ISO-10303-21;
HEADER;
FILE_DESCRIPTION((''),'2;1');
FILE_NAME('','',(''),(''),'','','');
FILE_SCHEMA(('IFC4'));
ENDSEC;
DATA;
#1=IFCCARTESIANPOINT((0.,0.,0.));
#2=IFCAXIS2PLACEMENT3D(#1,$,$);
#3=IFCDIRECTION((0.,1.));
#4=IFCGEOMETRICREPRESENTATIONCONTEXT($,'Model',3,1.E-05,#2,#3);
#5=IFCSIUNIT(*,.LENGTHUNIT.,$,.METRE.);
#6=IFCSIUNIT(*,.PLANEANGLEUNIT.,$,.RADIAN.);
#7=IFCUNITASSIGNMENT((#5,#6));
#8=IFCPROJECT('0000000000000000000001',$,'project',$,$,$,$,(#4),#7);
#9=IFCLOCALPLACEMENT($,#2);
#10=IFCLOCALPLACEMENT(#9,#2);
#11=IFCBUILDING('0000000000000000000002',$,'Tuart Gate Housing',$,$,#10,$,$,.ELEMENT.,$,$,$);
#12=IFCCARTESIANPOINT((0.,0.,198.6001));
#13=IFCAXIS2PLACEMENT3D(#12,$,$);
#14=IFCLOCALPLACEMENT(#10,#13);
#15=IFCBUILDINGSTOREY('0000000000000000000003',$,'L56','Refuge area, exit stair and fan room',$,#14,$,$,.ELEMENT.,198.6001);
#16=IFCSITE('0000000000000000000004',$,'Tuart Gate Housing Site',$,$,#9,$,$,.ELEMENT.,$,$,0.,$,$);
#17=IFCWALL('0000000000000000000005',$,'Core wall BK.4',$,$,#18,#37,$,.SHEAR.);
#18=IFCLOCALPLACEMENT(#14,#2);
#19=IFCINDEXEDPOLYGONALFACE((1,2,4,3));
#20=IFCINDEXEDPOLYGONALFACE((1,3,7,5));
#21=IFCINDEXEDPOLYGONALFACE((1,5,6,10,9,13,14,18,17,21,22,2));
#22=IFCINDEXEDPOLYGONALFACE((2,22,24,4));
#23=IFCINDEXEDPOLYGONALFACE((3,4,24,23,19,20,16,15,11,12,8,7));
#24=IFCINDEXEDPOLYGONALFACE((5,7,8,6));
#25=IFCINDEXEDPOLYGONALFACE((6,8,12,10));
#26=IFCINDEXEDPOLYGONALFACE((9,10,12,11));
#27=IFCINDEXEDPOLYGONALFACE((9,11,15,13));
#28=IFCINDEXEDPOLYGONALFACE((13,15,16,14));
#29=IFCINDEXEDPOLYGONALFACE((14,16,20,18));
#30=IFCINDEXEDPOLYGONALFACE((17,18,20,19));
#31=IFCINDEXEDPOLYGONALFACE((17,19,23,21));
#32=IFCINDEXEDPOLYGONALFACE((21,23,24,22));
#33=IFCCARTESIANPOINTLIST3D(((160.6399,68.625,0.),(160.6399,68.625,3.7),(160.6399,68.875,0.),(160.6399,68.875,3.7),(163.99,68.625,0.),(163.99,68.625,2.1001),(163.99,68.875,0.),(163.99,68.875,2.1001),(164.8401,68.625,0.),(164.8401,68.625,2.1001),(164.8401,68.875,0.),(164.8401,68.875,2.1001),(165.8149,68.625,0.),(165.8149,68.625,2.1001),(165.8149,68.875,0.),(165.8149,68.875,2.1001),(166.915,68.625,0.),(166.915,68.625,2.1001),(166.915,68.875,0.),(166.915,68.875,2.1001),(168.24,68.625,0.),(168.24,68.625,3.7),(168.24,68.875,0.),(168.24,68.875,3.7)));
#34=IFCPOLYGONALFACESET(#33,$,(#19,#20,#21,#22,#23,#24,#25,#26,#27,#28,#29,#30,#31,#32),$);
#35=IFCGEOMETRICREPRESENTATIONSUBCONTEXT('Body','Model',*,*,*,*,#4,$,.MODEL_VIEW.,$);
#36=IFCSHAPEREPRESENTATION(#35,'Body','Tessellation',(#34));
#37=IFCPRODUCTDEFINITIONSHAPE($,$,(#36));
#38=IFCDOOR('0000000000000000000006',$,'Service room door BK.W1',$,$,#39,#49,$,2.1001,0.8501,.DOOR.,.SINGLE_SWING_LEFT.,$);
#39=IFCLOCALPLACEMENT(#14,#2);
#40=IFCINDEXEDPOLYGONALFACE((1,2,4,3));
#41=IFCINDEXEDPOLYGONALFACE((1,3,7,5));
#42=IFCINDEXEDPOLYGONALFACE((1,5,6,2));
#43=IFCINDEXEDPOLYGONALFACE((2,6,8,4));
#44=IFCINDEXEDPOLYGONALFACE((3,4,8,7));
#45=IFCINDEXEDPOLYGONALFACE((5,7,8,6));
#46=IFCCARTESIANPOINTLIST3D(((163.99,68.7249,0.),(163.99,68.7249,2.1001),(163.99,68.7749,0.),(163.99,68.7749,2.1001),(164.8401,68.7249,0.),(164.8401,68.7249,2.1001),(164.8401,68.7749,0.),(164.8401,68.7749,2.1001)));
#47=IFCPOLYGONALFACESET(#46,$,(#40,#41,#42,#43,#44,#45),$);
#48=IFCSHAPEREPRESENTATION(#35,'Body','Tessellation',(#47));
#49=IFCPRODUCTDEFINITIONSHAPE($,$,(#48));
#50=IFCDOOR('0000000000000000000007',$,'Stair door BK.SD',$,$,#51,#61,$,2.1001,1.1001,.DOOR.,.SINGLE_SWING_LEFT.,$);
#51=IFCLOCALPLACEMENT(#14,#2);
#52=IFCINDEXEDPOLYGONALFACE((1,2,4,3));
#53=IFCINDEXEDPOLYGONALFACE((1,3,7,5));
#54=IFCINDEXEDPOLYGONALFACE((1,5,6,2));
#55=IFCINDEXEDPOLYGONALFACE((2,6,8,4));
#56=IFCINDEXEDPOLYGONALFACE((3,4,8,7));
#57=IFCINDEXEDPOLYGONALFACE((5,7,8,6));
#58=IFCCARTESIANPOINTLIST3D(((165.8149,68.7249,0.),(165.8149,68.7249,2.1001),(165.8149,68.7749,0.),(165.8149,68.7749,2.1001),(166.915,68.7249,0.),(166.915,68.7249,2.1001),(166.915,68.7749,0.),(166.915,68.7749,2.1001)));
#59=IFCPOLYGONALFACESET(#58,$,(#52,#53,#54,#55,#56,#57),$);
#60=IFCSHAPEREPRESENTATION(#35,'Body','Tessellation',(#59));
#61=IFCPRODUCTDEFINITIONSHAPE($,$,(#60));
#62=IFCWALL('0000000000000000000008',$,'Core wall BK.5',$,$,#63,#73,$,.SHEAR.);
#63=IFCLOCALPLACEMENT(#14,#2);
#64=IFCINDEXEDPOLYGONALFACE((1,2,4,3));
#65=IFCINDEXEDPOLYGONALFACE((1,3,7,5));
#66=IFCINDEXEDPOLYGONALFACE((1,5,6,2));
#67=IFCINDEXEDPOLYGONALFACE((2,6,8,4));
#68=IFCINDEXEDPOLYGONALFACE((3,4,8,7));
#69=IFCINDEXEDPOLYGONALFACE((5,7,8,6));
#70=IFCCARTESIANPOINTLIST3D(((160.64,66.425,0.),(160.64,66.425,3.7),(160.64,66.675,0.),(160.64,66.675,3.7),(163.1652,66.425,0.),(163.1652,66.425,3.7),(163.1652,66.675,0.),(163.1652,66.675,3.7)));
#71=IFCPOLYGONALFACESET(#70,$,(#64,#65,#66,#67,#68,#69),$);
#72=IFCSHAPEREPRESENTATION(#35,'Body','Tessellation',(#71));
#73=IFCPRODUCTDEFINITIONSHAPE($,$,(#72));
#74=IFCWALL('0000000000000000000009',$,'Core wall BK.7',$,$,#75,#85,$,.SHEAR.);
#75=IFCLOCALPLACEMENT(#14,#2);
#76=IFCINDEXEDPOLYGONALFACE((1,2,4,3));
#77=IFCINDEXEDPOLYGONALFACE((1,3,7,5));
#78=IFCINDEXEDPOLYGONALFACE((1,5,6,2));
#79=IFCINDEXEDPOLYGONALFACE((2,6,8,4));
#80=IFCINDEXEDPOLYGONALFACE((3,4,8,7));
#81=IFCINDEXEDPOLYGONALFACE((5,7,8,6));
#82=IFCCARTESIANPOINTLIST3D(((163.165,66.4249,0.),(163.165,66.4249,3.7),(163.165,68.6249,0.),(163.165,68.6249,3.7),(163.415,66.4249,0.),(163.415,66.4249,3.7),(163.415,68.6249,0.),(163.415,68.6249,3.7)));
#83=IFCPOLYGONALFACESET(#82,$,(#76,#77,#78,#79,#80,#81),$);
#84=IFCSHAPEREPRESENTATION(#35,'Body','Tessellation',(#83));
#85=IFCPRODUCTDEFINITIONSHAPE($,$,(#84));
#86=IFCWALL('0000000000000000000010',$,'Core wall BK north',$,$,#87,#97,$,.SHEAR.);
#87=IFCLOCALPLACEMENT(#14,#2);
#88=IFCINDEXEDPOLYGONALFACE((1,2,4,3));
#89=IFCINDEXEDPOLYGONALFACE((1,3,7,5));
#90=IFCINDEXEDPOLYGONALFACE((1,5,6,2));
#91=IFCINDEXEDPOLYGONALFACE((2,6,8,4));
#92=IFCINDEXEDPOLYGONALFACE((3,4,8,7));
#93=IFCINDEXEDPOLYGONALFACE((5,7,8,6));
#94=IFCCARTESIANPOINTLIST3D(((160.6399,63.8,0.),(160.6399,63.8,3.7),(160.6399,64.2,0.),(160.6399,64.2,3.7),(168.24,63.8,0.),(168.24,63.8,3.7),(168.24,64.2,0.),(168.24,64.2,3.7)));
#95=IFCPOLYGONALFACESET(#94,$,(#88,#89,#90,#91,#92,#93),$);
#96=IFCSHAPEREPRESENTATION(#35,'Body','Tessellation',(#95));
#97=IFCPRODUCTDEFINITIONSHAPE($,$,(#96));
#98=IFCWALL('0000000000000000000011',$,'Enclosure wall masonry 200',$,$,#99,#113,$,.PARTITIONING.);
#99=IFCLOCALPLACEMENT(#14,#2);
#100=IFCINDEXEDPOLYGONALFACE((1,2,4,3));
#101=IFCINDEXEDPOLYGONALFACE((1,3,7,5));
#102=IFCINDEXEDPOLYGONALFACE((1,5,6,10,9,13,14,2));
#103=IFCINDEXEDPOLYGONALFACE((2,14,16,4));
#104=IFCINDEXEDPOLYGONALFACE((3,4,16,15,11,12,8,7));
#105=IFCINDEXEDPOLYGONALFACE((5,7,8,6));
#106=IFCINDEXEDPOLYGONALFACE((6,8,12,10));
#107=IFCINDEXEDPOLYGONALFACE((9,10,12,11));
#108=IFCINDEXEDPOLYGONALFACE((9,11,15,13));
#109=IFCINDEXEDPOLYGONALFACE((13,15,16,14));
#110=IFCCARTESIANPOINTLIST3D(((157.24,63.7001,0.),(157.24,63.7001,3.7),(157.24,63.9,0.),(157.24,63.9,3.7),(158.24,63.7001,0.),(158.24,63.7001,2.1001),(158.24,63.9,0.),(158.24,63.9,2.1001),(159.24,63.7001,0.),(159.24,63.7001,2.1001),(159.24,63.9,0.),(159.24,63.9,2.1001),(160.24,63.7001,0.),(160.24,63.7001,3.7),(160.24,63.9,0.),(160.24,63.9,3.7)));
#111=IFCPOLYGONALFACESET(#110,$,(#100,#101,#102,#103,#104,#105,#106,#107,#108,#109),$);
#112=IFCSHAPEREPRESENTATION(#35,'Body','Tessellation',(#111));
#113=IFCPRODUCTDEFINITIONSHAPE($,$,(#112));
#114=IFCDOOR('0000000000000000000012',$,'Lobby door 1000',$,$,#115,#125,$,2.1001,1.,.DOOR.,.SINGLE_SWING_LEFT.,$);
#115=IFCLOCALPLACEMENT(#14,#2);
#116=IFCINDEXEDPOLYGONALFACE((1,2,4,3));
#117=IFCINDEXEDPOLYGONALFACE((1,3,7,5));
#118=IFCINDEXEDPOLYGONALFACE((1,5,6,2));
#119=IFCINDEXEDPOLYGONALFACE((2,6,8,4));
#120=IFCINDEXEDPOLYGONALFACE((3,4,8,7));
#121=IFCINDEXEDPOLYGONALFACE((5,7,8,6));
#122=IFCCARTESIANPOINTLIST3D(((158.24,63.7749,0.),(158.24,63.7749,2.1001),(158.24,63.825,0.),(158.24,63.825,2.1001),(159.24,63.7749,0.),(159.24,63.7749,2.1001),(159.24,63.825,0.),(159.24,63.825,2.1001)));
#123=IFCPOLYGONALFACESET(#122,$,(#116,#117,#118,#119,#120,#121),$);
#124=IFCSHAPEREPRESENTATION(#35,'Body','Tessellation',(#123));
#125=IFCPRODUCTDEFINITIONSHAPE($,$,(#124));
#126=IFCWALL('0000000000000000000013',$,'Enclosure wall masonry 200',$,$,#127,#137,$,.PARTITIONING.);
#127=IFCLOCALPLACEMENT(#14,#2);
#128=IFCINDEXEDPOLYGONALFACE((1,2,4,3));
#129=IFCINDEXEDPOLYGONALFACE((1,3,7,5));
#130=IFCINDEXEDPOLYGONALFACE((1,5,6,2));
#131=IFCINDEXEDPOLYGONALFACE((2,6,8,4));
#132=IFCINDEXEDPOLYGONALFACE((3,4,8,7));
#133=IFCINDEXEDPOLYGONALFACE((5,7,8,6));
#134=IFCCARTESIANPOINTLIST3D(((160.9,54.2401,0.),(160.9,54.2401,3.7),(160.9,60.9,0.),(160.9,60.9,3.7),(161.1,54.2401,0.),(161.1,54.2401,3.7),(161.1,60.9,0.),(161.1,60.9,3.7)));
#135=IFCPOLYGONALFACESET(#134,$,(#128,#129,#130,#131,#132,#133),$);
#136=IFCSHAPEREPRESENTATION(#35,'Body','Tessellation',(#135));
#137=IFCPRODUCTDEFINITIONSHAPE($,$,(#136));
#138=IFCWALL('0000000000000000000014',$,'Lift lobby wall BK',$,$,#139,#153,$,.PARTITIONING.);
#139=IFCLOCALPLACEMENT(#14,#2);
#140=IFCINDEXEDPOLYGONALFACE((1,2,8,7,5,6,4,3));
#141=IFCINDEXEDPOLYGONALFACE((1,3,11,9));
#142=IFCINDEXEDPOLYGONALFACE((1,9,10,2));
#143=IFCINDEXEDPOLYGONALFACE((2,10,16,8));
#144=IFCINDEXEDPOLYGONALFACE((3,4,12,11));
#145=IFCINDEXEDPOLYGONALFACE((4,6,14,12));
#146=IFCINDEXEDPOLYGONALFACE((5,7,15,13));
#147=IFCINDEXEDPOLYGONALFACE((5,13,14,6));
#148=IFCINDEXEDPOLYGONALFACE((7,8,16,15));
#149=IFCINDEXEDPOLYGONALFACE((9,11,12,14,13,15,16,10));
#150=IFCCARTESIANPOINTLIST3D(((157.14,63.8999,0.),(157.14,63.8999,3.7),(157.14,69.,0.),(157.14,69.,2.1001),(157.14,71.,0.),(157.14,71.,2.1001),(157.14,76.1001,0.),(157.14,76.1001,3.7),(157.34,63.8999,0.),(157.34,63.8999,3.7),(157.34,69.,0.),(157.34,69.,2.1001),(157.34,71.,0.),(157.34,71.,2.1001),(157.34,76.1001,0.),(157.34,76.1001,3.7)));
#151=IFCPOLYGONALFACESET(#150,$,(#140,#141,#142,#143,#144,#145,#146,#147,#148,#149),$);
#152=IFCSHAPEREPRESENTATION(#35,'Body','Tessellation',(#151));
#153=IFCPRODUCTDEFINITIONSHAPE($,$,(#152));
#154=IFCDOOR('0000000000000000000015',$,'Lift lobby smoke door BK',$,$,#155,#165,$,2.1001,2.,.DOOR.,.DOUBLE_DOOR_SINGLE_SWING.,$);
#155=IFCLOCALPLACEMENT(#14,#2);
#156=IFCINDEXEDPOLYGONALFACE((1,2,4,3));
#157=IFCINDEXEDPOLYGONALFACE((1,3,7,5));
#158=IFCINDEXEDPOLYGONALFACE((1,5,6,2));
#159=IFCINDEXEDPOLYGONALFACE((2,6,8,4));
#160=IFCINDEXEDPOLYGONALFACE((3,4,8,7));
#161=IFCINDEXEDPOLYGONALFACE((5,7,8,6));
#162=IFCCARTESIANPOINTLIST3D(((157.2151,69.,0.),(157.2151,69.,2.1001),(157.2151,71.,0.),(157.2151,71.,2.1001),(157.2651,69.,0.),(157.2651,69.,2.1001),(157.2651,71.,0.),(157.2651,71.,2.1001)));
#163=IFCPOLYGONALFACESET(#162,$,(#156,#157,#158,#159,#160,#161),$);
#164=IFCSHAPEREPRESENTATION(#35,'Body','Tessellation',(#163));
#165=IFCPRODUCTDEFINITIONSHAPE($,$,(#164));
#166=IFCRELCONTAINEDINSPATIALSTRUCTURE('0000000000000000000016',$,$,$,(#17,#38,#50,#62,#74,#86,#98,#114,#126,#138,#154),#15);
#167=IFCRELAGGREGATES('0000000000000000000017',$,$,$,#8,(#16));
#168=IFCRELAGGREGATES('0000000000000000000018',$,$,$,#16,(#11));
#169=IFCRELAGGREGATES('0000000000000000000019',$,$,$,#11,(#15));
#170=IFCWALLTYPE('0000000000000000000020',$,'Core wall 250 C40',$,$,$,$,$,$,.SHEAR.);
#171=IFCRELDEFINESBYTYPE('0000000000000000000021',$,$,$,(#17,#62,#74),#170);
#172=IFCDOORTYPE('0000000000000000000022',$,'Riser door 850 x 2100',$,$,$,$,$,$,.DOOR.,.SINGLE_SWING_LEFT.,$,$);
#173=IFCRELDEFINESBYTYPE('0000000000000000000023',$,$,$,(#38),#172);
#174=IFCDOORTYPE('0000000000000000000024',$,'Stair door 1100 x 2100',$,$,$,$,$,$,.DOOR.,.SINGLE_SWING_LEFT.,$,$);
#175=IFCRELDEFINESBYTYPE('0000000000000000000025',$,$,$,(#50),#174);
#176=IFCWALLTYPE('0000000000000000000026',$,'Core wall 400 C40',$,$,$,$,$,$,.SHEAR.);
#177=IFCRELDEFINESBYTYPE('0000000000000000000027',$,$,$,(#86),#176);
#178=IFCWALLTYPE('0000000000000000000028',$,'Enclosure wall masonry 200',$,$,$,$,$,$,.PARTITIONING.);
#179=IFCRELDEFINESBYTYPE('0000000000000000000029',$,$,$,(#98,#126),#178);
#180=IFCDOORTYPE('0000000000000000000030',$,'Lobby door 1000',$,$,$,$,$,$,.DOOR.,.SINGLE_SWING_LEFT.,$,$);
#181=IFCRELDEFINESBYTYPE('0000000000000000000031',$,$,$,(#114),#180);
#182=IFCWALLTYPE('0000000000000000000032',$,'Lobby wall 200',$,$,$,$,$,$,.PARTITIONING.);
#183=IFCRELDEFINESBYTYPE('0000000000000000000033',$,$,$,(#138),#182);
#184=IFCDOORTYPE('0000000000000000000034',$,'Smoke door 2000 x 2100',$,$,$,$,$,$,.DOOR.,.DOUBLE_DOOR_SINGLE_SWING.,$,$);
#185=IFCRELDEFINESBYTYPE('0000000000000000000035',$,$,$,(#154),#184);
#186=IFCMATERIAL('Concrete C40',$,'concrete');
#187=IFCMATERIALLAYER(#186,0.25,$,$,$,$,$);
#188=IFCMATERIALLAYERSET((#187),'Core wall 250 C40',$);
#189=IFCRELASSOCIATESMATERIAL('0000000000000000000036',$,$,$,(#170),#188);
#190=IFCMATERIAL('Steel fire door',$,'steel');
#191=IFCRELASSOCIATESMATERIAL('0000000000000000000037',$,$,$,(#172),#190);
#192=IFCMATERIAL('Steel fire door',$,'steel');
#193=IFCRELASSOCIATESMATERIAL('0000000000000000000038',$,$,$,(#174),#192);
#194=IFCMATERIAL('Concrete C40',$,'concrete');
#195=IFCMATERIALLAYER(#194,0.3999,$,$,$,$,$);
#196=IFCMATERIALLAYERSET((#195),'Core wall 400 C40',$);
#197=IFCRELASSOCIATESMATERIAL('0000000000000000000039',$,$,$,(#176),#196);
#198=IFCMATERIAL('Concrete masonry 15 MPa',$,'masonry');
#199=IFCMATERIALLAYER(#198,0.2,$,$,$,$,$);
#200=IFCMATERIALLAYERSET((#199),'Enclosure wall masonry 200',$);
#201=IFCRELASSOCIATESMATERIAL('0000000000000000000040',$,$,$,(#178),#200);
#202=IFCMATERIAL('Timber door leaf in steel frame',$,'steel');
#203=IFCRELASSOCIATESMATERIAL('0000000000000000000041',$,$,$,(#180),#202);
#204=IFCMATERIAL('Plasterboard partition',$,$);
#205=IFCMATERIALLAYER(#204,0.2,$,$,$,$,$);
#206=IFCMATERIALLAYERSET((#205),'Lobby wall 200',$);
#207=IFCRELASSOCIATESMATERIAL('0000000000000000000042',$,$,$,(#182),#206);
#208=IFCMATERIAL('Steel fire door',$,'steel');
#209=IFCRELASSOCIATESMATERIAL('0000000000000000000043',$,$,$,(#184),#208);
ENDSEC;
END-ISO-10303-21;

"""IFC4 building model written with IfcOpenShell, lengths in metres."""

from ifc_helpers import new_model, si_unit, direction, frame, frame_2d, origin, place, context, subcontext, project, spatial, rectangle, extrude, material, layer, layer_set, type_object, element, fill, save


model = new_model("IFC4")

# Units and contexts
model_context = context("Model", 3, precision=1e-05, world=origin(), true_north=direction((0.0, 1.0)))
body_context = subcontext(model_context, "Body", "Model", "MODEL_VIEW")
ifc_project = project(units=[si_unit("LENGTHUNIT", "METRE"), si_unit("PLANEANGLEUNIT", "RADIAN")], contexts=[model_context])

# Site, building, storey
site_placement = place(None, origin())
site = spatial("IfcSite", under=ifc_project, at=site_placement, Name="Tuart Gate Housing Site", CompositionType="ELEMENT", RefElevation=0.0)
building_placement = place(site_placement, origin())
building = spatial("IfcBuilding", under=site, at=building_placement, Name="Tuart Gate Housing", CompositionType="ELEMENT")
storey_placement = place(building_placement, frame((0.0, 0.0, 198.6001)))
storey = spatial("IfcBuildingStorey", under=building, at=storey_placement, Name="L56", Description="Refuge area, exit stair and fan room", CompositionType="ELEMENT", Elevation=198.6001)

# Wall, openings, doors
ifc_material_1 = material(Name="Concrete C40", Category="concrete")
ifc_layer_1 = layer(ifc_material_1, 0.25)
ifc_layer_set_1 = layer_set([ifc_layer_1], Name="Core wall 250 C40")
wall_type_1 = type_object("IfcWallType", Name="Core wall 250 C40", PredefinedType="SHEAR", material=ifc_layer_set_1)
wall_1_placement = place(storey_placement, frame((160.6399, 68.75, 0.0), z_axis=(0.0, 0.0, 1.0), x_axis=(1.0, 0.0, 0.0)))
wall_1 = element("IfcWall", 1, at=wall_1_placement, inside=storey, type_object=wall_type_1, Name="Core wall BK.4", PredefinedType="SHEAR", context=body_context, shape_type="SweptSolid", body=[
    extrude(rectangle(XDim=7.6001, YDim=0.25, at=frame_2d((3.8, 0.0))), origin(), (0.0, 0.0, 1.0), 3.7),
])
opening_1_placement = place(wall_1_placement, frame((5.175, 0.0, 0.0)))
opening_1 = element("IfcOpeningElement", 2, at=opening_1_placement, cuts=wall_1, PredefinedType="OPENING", context=body_context, shape_type="SweptSolid", body=[
    extrude(rectangle(XDim=1.1001, YDim=2.1001, at=frame_2d((0.55, 1.05))), frame((0.0, 0.135, 0.0), z_axis=(0.0, -1.0, 0.0), x_axis=(1.0, 0.0, 0.0)), (0.0, 0.0, 1.0), 0.27),
])
opening_2_placement = place(wall_1_placement, frame((3.3501, 0.0, 0.0)))
opening_2 = element("IfcOpeningElement", 3, at=opening_2_placement, cuts=wall_1, PredefinedType="OPENING", context=body_context, shape_type="SweptSolid", body=[
    extrude(rectangle(XDim=0.8501, YDim=2.1001, at=frame_2d((0.425, 1.05))), frame((0.0, 0.135, 0.0), z_axis=(0.0, -1.0, 0.0), x_axis=(1.0, 0.0, 0.0)), (0.0, 0.0, 1.0), 0.27),
])
ifc_material_2 = material(Name="Steel fire door", Category="steel")
door_type_1 = type_object("IfcDoorType", Name="Riser door 850 x 2100", OperationType="SINGLE_SWING_LEFT", PredefinedType="DOOR", material=ifc_material_2)
door_1_placement = place(opening_2_placement, origin())
door_1 = element("IfcDoor", 4, at=door_1_placement, inside=storey, type_object=door_type_1, Name="Service room door BK.W1", OperationType="SINGLE_SWING_LEFT", OverallHeight=2.1001, OverallWidth=0.8501, PredefinedType="DOOR", context=body_context, shape_type="SweptSolid", body=[
    extrude(rectangle(XDim=0.8501, YDim=2.1001, at=frame_2d((0.425, 1.05))), frame((0.0, 0.0249, 0.0), z_axis=(0.0, -1.0, 0.0), x_axis=(1.0, 0.0, 0.0)), (0.0, 0.0, 1.0), 0.05),
])
fill(opening_2, door_1)
ifc_material_3 = material(Name="Steel fire door", Category="steel")
door_type_2 = type_object("IfcDoorType", Name="Stair door 1100 x 2100", OperationType="SINGLE_SWING_LEFT", PredefinedType="DOOR", material=ifc_material_3)
door_2_placement = place(opening_1_placement, origin())
door_2 = element("IfcDoor", 5, at=door_2_placement, inside=storey, type_object=door_type_2, Name="Stair door BK.SD", OperationType="SINGLE_SWING_LEFT", OverallHeight=2.1001, OverallWidth=1.1001, PredefinedType="DOOR", context=body_context, shape_type="SweptSolid", body=[
    extrude(rectangle(XDim=1.1001, YDim=2.1001, at=frame_2d((0.55, 1.05))), frame((0.0, 0.0249, 0.0), z_axis=(0.0, -1.0, 0.0), x_axis=(1.0, 0.0, 0.0)), (0.0, 0.0, 1.0), 0.05),
])
fill(opening_1, door_2)

# Walls
wall_2_placement = place(storey_placement, frame((160.6399, 66.55, 0.0), z_axis=(0.0, 0.0, 1.0), x_axis=(1.0, 0.0, 0.0)))
element("IfcWall", 6, at=wall_2_placement, inside=storey, type_object=wall_type_1, Name="Core wall BK.5", PredefinedType="SHEAR", context=body_context, shape_type="SweptSolid", body=[
    extrude(rectangle(XDim=2.5251, YDim=0.25, at=frame_2d((1.2627, 0.0))), origin(), (0.0, 0.0, 1.0), 3.7),
])
wall_3_placement = place(storey_placement, frame((163.29, 68.625, 0.0), z_axis=(0.0, 0.0, 1.0), x_axis=(0.0, -1.0, 0.0)))
element("IfcWall", 7, at=wall_3_placement, inside=storey, type_object=wall_type_1, Name="Core wall BK.7", PredefinedType="SHEAR", context=body_context, shape_type="SweptSolid", body=[
    extrude(rectangle(XDim=2.2, YDim=0.25, at=frame_2d((1.1001, 0.0))), origin(), (0.0, 0.0, 1.0), 3.7),
])
ifc_material_4 = material(Name="Concrete C40", Category="concrete")
ifc_layer_2 = layer(ifc_material_4, 0.3999)
ifc_layer_set_2 = layer_set([ifc_layer_2], Name="Core wall 400 C40")
wall_type_2 = type_object("IfcWallType", Name="Core wall 400 C40", PredefinedType="SHEAR", material=ifc_layer_set_2)
wall_4_placement = place(storey_placement, frame((160.6399, 64.0, 0.0), z_axis=(0.0, 0.0, 1.0), x_axis=(1.0, 0.0, 0.0)))
element("IfcWall", 8, at=wall_4_placement, inside=storey, type_object=wall_type_2, Name="Core wall BK north", PredefinedType="SHEAR", context=body_context, shape_type="SweptSolid", body=[
    extrude(rectangle(XDim=7.6001, YDim=0.3999, at=frame_2d((3.8, 0.0))), origin(), (0.0, 0.0, 1.0), 3.7),
])

# Wall, opening, door
ifc_material_5 = material(Name="Concrete masonry 15 MPa", Category="masonry")
ifc_layer_3 = layer(ifc_material_5, 0.2)
ifc_layer_set_3 = layer_set([ifc_layer_3], Name="Enclosure wall masonry 200")
wall_type_3 = type_object("IfcWallType", Name="Enclosure wall masonry 200", PredefinedType="PARTITIONING", material=ifc_layer_set_3)
wall_5_placement = place(storey_placement, frame((157.24, 63.8, 0.0), z_axis=(0.0, 0.0, 1.0), x_axis=(1.0, 0.0, 0.0)))
wall_5 = element("IfcWall", 9, at=wall_5_placement, inside=storey, type_object=wall_type_3, Name="Enclosure wall masonry 200", PredefinedType="PARTITIONING", context=body_context, shape_type="SweptSolid", body=[
    extrude(rectangle(XDim=3.0, YDim=0.2, at=frame_2d((1.5, 0.0))), origin(), (0.0, 0.0, 1.0), 3.7),
])
opening_3_placement = place(wall_5_placement, frame((1.0, 0.0, 0.0)))
opening_3 = element("IfcOpeningElement", 10, at=opening_3_placement, cuts=wall_5, PredefinedType="OPENING", context=body_context, shape_type="SweptSolid", body=[
    extrude(rectangle(XDim=1.0, YDim=2.1001, at=frame_2d((0.5, 1.05))), frame((0.0, 0.1099, 0.0), z_axis=(0.0, -1.0, 0.0), x_axis=(1.0, 0.0, 0.0)), (0.0, 0.0, 1.0), 0.22),
])
ifc_material_6 = material(Name="Timber door leaf in steel frame", Category="steel")
door_type_3 = type_object("IfcDoorType", Name="Lobby door 1000", OperationType="SINGLE_SWING_LEFT", PredefinedType="DOOR", material=ifc_material_6)
door_3_placement = place(opening_3_placement, origin())
door_3 = element("IfcDoor", 11, at=door_3_placement, inside=storey, type_object=door_type_3, Name="Lobby door 1000", OperationType="SINGLE_SWING_LEFT", OverallHeight=2.1001, OverallWidth=1.0, PredefinedType="DOOR", context=body_context, shape_type="SweptSolid", body=[
    extrude(rectangle(XDim=1.0, YDim=2.1001, at=frame_2d((0.5, 1.05))), frame((0.0, 0.0249, 0.0), z_axis=(0.0, -1.0, 0.0), x_axis=(1.0, 0.0, 0.0)), (0.0, 0.0, 1.0), 0.05),
])
fill(opening_3, door_3)

# Wall
wall_6_placement = place(storey_placement, frame((161.0, 54.24, 0.0), z_axis=(0.0, 0.0, 1.0), x_axis=(0.0, 1.0, 0.0)))
element("IfcWall", 12, at=wall_6_placement, inside=storey, type_object=wall_type_3, Name="Enclosure wall masonry 200", PredefinedType="PARTITIONING", context=body_context, shape_type="SweptSolid", body=[
    extrude(rectangle(XDim=6.6599, YDim=0.2, at=frame_2d((3.3301, 0.0))), origin(), (0.0, 0.0, 1.0), 3.7),
])

# Wall, opening, door
ifc_material_7 = material(Name="Plasterboard partition")
ifc_layer_4 = layer(ifc_material_7, 0.2)
ifc_layer_set_4 = layer_set([ifc_layer_4], Name="Lobby wall 200")
wall_type_4 = type_object("IfcWallType", Name="Lobby wall 200", PredefinedType="PARTITIONING", material=ifc_layer_set_4)
wall_7_placement = place(storey_placement, frame((157.24, 63.8999, 0.0), z_axis=(0.0, 0.0, 1.0), x_axis=(0.0, 1.0, 0.0)))
wall_7 = element("IfcWall", 13, at=wall_7_placement, inside=storey, type_object=wall_type_4, Name="Lift lobby wall BK", PredefinedType="PARTITIONING", context=body_context, shape_type="SweptSolid", body=[
    extrude(rectangle(XDim=12.2002, YDim=0.2, at=frame_2d((6.1001, 0.0))), origin(), (0.0, 0.0, 1.0), 3.7),
])
opening_4_placement = place(wall_7_placement, frame((5.1001, 0.0, 0.0)))
opening_4 = element("IfcOpeningElement", 14, at=opening_4_placement, cuts=wall_7, PredefinedType="OPENING", context=body_context, shape_type="SweptSolid", body=[
    extrude(rectangle(XDim=2.0, YDim=2.1001, at=frame_2d((1.0, 1.05))), frame((0.0, 0.1099, 0.0), z_axis=(0.0, -1.0, 0.0), x_axis=(1.0, 0.0, 0.0)), (0.0, 0.0, 1.0), 0.22),
])
ifc_material_8 = material(Name="Steel fire door", Category="steel")
door_type_4 = type_object("IfcDoorType", Name="Smoke door 2000 x 2100", OperationType="DOUBLE_DOOR_SINGLE_SWING", PredefinedType="DOOR", material=ifc_material_8)
door_4_placement = place(opening_4_placement, frame((2.0, 0.0, 0.0), z_axis=(0.0, 0.0, 1.0), x_axis=(-1.0, 0.0, 0.0)))
door_4 = element("IfcDoor", 15, at=door_4_placement, inside=storey, type_object=door_type_4, Name="Lift lobby smoke door BK", OperationType="DOUBLE_DOOR_SINGLE_SWING", OverallHeight=2.1001, OverallWidth=2.0, PredefinedType="DOOR", context=body_context, shape_type="SweptSolid", body=[
    extrude(rectangle(XDim=2.0, YDim=2.1001, at=frame_2d((1.0, 1.05))), frame((0.0, 0.0251, 0.0), z_axis=(0.0, -1.0, 0.0), x_axis=(1.0, 0.0, 0.0)), (0.0, 0.0, 1.0), 0.05),
])
fill(opening_4, door_4)

save(model, "model.ifc")
